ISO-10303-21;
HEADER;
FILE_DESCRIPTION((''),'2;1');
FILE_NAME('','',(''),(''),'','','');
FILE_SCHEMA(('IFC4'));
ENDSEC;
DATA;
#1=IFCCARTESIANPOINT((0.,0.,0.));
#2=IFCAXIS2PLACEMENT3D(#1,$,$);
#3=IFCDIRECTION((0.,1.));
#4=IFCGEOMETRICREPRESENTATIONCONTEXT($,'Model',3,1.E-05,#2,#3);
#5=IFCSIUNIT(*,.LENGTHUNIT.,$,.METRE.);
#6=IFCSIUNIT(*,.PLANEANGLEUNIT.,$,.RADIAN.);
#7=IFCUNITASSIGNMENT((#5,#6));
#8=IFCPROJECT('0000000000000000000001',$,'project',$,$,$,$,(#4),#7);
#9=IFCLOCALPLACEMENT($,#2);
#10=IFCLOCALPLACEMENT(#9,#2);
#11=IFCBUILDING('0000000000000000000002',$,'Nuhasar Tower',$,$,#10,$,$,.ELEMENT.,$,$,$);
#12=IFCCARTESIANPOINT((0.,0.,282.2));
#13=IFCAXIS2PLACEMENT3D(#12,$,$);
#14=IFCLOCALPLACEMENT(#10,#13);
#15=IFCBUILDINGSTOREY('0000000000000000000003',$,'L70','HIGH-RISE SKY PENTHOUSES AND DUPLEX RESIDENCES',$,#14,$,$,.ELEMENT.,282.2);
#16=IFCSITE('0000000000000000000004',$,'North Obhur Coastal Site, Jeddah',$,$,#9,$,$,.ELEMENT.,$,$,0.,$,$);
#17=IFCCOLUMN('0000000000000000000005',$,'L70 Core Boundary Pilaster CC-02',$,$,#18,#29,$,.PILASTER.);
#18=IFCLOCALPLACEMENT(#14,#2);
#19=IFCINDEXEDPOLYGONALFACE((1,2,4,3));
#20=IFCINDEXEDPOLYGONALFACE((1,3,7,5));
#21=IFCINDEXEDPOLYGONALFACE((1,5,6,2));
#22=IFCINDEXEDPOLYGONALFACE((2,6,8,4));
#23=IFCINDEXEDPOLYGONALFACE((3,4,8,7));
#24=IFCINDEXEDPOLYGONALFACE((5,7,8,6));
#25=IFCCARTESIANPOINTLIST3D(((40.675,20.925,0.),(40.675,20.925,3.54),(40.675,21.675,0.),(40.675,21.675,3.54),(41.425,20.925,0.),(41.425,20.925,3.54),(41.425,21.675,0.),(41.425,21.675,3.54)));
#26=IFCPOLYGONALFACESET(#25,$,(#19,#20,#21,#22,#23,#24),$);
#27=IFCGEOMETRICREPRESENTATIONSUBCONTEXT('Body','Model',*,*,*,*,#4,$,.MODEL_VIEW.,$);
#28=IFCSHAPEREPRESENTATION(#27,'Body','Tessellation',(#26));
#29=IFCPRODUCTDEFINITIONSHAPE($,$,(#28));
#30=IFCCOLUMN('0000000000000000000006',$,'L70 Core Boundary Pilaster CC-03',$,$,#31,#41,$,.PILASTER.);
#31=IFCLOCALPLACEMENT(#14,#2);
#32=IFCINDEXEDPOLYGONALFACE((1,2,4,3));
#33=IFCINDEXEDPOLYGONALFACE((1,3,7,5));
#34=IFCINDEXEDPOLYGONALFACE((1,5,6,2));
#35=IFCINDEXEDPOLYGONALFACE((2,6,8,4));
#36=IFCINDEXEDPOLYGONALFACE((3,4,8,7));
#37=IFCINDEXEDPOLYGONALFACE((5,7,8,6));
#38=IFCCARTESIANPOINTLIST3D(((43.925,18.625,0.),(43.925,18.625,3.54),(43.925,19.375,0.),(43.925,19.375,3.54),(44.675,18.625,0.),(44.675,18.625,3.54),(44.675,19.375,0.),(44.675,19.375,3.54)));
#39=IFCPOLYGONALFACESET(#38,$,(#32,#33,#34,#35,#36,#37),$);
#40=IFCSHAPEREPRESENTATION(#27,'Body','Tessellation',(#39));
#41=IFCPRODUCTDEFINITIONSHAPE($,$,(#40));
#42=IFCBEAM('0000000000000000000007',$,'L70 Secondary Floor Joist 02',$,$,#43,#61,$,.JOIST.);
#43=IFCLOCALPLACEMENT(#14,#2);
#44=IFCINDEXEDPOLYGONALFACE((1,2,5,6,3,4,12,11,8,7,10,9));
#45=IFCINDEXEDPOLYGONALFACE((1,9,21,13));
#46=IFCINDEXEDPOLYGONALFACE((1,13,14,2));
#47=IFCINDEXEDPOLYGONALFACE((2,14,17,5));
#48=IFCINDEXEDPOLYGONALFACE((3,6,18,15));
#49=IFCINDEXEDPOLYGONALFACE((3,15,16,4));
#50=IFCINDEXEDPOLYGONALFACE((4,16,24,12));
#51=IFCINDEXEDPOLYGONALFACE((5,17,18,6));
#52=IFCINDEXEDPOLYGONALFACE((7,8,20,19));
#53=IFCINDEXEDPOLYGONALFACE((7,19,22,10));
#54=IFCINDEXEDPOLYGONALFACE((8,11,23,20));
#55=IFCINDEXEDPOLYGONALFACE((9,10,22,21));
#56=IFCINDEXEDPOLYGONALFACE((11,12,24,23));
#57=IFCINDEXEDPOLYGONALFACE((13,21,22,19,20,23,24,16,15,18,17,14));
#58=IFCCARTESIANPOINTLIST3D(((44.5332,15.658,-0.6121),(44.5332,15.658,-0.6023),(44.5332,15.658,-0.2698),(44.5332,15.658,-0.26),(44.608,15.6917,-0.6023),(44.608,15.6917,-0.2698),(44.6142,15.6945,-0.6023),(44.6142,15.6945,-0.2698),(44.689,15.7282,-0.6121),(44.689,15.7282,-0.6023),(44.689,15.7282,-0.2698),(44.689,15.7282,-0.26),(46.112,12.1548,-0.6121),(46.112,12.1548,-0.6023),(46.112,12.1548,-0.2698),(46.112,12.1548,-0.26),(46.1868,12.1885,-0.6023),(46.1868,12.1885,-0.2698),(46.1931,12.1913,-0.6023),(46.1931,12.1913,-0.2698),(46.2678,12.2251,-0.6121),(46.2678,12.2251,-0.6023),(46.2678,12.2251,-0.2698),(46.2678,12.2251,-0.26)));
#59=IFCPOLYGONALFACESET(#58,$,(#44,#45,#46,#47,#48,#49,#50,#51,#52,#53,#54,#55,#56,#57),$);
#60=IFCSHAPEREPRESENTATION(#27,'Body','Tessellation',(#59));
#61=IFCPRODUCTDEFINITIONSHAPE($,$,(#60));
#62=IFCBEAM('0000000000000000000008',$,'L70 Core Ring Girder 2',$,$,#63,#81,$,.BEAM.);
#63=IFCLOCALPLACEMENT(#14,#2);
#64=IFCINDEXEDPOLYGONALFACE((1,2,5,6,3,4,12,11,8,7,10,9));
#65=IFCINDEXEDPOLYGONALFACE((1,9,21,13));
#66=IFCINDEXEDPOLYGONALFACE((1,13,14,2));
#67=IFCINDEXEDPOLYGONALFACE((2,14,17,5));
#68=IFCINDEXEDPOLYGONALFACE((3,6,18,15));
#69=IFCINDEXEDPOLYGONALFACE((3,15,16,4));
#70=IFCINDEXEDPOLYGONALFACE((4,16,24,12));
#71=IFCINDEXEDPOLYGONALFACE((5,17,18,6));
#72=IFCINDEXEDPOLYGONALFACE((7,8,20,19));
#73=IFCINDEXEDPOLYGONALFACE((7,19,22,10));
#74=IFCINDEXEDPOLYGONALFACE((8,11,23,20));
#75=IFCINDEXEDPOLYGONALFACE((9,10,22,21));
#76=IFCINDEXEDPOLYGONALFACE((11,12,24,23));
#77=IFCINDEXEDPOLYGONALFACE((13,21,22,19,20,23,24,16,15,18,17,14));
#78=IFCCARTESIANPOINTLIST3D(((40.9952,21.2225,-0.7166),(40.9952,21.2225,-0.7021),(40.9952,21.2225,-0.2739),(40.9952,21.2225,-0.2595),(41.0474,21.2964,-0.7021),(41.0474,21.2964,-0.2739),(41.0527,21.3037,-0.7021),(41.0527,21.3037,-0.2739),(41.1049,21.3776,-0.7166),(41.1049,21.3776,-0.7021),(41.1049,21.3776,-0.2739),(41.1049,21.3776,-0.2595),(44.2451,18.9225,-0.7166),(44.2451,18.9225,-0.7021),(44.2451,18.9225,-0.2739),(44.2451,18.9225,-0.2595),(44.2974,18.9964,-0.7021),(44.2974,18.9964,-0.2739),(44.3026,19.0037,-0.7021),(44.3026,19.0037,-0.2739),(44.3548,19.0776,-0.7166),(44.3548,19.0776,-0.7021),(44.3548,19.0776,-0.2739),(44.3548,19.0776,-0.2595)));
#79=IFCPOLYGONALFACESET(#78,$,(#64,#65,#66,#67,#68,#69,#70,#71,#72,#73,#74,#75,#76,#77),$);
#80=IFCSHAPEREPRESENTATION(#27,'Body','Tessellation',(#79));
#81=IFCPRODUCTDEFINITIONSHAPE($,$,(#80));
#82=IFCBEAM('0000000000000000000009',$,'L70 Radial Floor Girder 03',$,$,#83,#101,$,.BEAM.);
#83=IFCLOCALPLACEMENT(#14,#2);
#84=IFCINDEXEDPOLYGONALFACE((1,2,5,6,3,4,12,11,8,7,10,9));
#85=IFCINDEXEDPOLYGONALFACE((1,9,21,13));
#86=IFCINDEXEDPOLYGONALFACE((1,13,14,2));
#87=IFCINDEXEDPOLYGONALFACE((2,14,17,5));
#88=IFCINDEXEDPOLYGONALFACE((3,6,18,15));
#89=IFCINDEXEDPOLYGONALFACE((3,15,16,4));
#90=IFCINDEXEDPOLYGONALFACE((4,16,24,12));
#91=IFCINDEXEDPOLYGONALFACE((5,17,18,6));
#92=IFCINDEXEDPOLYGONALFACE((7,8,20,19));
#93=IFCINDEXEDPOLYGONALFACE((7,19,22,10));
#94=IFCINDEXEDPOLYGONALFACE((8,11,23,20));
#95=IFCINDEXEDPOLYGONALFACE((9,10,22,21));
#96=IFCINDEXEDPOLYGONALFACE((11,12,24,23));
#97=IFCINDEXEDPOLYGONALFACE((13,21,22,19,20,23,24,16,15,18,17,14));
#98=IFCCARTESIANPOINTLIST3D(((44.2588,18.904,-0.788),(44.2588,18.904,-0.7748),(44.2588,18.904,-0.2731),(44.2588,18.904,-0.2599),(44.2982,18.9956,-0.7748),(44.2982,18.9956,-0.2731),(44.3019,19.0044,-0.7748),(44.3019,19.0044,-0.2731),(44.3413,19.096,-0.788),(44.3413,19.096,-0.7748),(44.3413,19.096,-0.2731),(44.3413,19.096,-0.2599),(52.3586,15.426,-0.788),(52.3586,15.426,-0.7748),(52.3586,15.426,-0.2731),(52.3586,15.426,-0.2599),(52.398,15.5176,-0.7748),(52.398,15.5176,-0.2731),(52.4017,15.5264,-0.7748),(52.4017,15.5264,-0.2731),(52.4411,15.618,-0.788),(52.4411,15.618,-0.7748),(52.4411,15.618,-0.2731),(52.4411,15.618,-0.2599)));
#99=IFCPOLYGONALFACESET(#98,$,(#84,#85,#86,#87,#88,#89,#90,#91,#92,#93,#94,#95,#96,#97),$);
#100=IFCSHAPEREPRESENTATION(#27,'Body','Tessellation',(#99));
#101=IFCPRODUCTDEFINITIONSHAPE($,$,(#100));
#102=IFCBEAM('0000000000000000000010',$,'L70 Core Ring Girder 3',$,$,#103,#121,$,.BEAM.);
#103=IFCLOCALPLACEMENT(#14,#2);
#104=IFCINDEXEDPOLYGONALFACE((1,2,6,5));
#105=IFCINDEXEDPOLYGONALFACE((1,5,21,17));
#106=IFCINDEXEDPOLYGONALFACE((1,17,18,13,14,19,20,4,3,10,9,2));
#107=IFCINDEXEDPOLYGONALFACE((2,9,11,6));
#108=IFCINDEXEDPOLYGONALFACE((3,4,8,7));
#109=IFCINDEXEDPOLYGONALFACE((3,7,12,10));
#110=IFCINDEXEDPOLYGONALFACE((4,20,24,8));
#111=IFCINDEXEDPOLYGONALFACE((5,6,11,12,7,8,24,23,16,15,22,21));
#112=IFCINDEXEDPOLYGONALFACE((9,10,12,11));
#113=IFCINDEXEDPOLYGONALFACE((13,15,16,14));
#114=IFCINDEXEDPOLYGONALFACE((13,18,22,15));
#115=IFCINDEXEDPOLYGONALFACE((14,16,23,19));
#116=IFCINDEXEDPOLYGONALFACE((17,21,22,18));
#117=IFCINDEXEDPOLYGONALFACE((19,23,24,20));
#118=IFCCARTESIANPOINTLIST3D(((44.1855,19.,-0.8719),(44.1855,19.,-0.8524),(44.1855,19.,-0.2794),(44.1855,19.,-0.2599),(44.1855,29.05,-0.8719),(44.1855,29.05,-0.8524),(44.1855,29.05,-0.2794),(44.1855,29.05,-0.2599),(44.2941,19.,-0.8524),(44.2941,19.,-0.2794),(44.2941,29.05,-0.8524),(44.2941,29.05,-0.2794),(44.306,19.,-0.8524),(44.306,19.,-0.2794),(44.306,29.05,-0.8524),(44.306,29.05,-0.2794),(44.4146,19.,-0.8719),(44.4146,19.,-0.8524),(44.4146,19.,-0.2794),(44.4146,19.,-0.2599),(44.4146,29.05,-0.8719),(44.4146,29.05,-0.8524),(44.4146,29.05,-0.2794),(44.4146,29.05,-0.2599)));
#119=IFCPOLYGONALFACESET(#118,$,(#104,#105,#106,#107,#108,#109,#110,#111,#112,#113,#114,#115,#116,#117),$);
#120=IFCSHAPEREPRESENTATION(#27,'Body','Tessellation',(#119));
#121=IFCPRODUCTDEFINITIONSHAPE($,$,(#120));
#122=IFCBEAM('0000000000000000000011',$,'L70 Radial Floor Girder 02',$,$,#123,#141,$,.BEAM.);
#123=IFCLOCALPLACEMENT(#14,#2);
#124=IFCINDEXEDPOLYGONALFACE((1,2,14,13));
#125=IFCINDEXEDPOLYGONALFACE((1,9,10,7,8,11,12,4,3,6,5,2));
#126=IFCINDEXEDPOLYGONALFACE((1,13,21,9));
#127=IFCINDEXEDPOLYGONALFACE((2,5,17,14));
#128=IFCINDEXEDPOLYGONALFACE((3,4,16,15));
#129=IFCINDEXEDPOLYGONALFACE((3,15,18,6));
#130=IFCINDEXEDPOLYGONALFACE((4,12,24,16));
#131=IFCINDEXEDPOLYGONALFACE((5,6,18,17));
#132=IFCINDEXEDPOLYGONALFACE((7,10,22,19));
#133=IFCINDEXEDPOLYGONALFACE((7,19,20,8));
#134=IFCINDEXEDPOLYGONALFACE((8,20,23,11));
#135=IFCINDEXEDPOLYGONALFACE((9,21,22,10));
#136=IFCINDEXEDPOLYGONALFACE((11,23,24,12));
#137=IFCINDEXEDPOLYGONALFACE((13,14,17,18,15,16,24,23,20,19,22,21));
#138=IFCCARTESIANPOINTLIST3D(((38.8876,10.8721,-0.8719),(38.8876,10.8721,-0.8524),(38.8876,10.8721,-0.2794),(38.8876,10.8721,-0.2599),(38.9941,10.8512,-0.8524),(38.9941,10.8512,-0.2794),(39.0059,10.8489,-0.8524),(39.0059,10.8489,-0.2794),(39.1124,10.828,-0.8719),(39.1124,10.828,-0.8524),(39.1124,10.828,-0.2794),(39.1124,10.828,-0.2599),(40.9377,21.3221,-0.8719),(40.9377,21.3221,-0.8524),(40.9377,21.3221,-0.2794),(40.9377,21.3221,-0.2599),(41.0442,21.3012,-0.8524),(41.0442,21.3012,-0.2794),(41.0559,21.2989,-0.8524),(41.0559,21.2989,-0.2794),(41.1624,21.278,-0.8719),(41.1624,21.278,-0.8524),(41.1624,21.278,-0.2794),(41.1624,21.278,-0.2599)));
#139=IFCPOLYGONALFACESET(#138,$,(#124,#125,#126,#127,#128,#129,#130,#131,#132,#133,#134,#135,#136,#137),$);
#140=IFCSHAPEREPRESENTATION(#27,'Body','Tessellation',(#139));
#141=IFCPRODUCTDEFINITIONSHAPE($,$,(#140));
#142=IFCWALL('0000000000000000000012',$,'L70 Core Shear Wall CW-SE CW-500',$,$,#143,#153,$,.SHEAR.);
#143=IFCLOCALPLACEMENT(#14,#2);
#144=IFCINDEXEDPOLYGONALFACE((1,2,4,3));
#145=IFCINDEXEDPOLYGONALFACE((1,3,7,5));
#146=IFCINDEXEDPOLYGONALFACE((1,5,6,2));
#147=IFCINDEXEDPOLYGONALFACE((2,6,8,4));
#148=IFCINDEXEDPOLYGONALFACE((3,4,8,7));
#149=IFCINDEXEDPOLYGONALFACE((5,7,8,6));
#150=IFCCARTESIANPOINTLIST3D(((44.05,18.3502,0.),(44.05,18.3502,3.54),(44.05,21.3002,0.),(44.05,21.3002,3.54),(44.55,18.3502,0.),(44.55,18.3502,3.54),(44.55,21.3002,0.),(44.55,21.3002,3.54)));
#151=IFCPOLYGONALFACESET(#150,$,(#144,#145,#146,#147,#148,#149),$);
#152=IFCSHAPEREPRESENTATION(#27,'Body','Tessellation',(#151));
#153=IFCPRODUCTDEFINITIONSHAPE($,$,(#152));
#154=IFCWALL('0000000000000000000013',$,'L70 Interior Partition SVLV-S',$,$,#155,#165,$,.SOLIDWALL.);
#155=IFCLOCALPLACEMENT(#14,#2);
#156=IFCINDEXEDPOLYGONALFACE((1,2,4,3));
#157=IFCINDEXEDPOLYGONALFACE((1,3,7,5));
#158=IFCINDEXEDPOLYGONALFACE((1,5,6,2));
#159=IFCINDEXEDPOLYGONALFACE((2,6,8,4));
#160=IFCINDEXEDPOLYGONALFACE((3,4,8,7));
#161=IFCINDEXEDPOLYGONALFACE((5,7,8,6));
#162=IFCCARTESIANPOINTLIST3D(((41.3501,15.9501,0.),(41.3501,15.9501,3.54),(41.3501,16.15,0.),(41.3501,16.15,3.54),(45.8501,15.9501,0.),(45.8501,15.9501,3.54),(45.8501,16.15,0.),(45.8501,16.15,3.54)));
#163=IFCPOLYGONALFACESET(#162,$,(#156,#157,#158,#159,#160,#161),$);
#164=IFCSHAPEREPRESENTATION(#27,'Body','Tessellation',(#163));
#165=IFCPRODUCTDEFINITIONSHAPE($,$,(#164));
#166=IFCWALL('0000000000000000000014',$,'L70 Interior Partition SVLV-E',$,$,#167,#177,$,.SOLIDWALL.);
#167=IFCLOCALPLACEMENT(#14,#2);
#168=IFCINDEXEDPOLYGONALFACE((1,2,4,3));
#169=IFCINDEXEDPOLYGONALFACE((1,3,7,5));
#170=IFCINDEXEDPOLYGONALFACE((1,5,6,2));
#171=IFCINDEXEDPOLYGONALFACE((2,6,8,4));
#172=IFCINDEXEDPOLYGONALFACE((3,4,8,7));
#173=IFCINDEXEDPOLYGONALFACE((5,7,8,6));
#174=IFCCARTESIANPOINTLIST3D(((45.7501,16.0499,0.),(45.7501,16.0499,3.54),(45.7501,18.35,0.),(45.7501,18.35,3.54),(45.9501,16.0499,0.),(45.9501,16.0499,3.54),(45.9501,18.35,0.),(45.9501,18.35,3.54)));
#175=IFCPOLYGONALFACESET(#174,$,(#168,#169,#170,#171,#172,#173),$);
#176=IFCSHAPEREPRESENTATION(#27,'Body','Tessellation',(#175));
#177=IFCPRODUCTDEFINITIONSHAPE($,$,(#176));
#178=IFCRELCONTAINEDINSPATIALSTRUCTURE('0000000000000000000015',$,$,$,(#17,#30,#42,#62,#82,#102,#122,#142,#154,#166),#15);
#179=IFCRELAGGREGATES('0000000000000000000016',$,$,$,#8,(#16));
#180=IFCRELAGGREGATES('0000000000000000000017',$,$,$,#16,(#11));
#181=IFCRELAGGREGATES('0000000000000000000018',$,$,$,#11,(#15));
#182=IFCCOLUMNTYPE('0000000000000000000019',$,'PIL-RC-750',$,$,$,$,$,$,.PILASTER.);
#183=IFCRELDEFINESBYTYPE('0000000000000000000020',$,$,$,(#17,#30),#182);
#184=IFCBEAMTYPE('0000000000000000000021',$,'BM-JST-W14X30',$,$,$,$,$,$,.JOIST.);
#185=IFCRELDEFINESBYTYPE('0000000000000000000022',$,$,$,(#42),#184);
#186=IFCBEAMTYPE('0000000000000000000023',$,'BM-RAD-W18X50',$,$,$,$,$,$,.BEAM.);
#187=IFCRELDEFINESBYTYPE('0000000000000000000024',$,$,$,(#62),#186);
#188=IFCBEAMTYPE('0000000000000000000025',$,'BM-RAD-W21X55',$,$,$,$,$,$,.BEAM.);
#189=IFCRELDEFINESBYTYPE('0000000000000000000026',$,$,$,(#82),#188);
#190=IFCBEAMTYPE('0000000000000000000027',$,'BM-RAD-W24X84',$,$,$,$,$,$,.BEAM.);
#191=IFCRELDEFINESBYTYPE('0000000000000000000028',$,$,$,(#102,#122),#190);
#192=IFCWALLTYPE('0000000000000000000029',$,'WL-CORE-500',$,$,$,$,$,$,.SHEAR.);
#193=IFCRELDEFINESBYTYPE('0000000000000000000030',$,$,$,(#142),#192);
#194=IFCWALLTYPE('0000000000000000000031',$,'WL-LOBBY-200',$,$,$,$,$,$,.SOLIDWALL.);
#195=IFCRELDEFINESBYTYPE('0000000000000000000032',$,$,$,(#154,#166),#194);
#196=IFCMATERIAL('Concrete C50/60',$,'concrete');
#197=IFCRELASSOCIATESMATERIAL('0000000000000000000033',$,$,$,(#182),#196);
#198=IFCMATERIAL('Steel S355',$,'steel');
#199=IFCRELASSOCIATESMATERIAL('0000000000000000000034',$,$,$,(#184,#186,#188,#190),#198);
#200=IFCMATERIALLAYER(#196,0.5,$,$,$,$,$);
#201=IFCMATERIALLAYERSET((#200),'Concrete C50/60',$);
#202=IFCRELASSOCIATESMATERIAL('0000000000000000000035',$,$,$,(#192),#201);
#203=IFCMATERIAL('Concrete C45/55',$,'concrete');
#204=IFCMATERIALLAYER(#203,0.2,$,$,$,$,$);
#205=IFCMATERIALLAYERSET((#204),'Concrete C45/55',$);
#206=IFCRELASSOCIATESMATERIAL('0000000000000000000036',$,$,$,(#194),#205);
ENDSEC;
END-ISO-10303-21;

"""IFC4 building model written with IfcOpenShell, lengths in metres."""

from ifc_helpers import new_model, si_unit, direction, frame, frame_2d, origin, origin_2d, place, context, subcontext, project, spatial, rectangle, i_section, extrude, material, layer, layer_set, material_profile, profile_set, type_object, element, save


model = new_model("IFC4")

# Units and contexts
model_context = context("Model", 3, precision=1e-05, world=origin(), true_north=direction((0.0, 1.0)))
body_context = subcontext(model_context, "Body", "Model", "MODEL_VIEW")
ifc_project = project(units=[si_unit("LENGTHUNIT", "METRE"), si_unit("PLANEANGLEUNIT", "RADIAN")], contexts=[model_context])

# Site, building, storey
site_placement = place(None, origin())
site = spatial("IfcSite", under=ifc_project, at=site_placement, Name="North Obhur Coastal Site, Jeddah", CompositionType="ELEMENT", RefElevation=0.0)
building_placement = place(site_placement, origin())
building = spatial("IfcBuilding", under=site, at=building_placement, Name="Nuhasar Tower", CompositionType="ELEMENT")
storey_placement = place(building_placement, frame((0.0, 0.0, 282.2)))
storey = spatial("IfcBuildingStorey", under=building, at=storey_placement, Name="L70", Description="HIGH-RISE SKY PENTHOUSES AND DUPLEX RESIDENCES", CompositionType="ELEMENT", Elevation=282.2)

# Columns
ifc_material_1 = material(Name="Concrete C50/60", Category="concrete")
ifc_material_profile_1 = material_profile(ifc_material_1, rectangle(XDim=0.75, YDim=0.75, at=origin_2d()), Name="RC750X750")
ifc_profile_set_1 = profile_set([ifc_material_profile_1], Name="Concrete C50/60")
column_type = type_object("IfcColumnType", Name="PIL-RC-750", PredefinedType="PILASTER", material=ifc_profile_set_1)
for number, where, z_axis, x_axis, name in (
    (1, (41.05, 21.3, 0.0), (0.0, 0.0, 1.0), (1.0, 0.0, 0.0), "L70 Core Boundary Pilaster CC-02"),
    (2, (44.3, 19.0, 0.0), (0.0, 0.0, 1.0), (1.0, 0.0, 0.0), "L70 Core Boundary Pilaster CC-03"),
):
    element("IfcColumn", number, at=place(storey_placement, frame(where, z_axis=z_axis, x_axis=x_axis)), inside=storey, type_object=column_type, Name=name, PredefinedType="PILASTER", context=body_context, shape_type="SweptSolid", body=[
        extrude(rectangle(XDim=0.75, YDim=0.75, at=origin_2d()), origin(), (0.0, 0.0, 1.0), 3.54),
    ])

# Beams
ifc_material_2 = material(Name="Steel S355", Category="steel")
ifc_material_profile_2 = material_profile(ifc_material_2, i_section(OverallWidth=0.1709, OverallDepth=0.3521, WebThickness=0.0068, FlangeThickness=0.0098, at=origin_2d()), Name="W14X30")
ifc_profile_set_2 = profile_set([ifc_material_profile_2], Name="Steel S355")
beam_type_1 = type_object("IfcBeamType", Name="BM-JST-W14X30", PredefinedType="JOIST", material=ifc_profile_set_2)
beam_1_placement = place(storey_placement, frame((44.6111, 15.6931, -0.436), z_axis=(0.41089, -0.911685, 0.0), x_axis=(0.911685, 0.41089, 0.0)))
element("IfcBeam", 3, at=beam_1_placement, inside=storey, type_object=beam_type_1, Name="L70 Secondary Floor Joist 02", PredefinedType="JOIST", context=body_context, shape_type="SweptSolid", body=[
    extrude(i_section(OverallWidth=0.1709, OverallDepth=0.3521, WebThickness=0.0068, FlangeThickness=0.0098, at=origin_2d()), origin(), (0.0, 0.0, 1.0), 3.8425),
])
ifc_material_profile_3 = material_profile(ifc_material_2, i_section(OverallWidth=0.1899, OverallDepth=0.457, WebThickness=0.009, FlangeThickness=0.0144, at=origin_2d()), Name="W18X50")
ifc_profile_set_3 = profile_set([ifc_material_profile_3], Name="Steel S355")
beam_type_2 = type_object("IfcBeamType", Name="BM-RAD-W18X50", PredefinedType="BEAM", material=ifc_profile_set_3)
beam_2_placement = place(storey_placement, frame((41.05, 21.3, -0.488), z_axis=(0.816265, -0.577677, 0.0), x_axis=(0.577677, 0.816265, 0.0)))
element("IfcBeam", 4, at=beam_2_placement, inside=storey, type_object=beam_type_2, Name="L70 Core Ring Girder 2", PredefinedType="BEAM", context=body_context, shape_type="SweptSolid", body=[
    extrude(i_section(OverallWidth=0.1899, OverallDepth=0.457, WebThickness=0.009, FlangeThickness=0.0144, at=origin_2d()), origin(), (0.0, 0.0, 1.0), 3.9814),
])
ifc_material_profile_4 = material_profile(ifc_material_2, i_section(OverallWidth=0.209, OverallDepth=0.5281, WebThickness=0.0095, FlangeThickness=0.0132, at=origin_2d()), Name="W21X55")
ifc_profile_set_4 = profile_set([ifc_material_profile_4], Name="Steel S355")
beam_type_3 = type_object("IfcBeamType", Name="BM-RAD-W21X55", PredefinedType="BEAM", material=ifc_profile_set_4)
beam_3_placement = place(storey_placement, frame((44.3, 19.0, -0.5239), z_axis=(0.918871, -0.394558, 0.0), x_axis=(0.394558, 0.918871, 0.0)))
element("IfcBeam", 5, at=beam_3_placement, inside=storey, type_object=beam_type_3, Name="L70 Radial Floor Girder 03", PredefinedType="BEAM", context=body_context, shape_type="SweptSolid", body=[
    extrude(i_section(OverallWidth=0.209, OverallDepth=0.5281, WebThickness=0.0095, FlangeThickness=0.0132, at=origin_2d()), origin(), (0.0, 0.0, 1.0), 8.8149),
])
ifc_material_profile_5 = material_profile(ifc_material_2, i_section(OverallWidth=0.229, OverallDepth=0.6121, WebThickness=0.012, FlangeThickness=0.0195, at=origin_2d()), Name="W24X84")
ifc_profile_set_5 = profile_set([ifc_material_profile_5], Name="Steel S355")
beam_type_4 = type_object("IfcBeamType", Name="BM-RAD-W24X84", PredefinedType="BEAM", material=ifc_profile_set_5)
beam_4_placement = place(storey_placement, frame((44.3, 19.0, -0.5659), z_axis=(0.0, 1.0, 0.0), x_axis=(-1.0, 0.0, 0.0)))
element("IfcBeam", 6, at=beam_4_placement, inside=storey, type_object=beam_type_4, Name="L70 Core Ring Girder 3", PredefinedType="BEAM", context=body_context, shape_type="SweptSolid", body=[
    extrude(i_section(OverallWidth=0.229, OverallDepth=0.6121, WebThickness=0.012, FlangeThickness=0.0195, at=origin_2d()), origin(), (0.0, 0.0, 1.0), 10.05),
])
beam_5_placement = place(storey_placement, frame((41.05, 21.3, -0.5659), z_axis=(-0.192508, -0.981295, 0.0), x_axis=(0.981295, -0.192508, 0.0)))
element("IfcBeam", 7, at=beam_5_placement, inside=storey, type_object=beam_type_4, Name="L70 Radial Floor Girder 02", PredefinedType="BEAM", context=body_context, shape_type="SweptSolid", body=[
    extrude(i_section(OverallWidth=0.229, OverallDepth=0.6121, WebThickness=0.012, FlangeThickness=0.0195, at=origin_2d()), origin(), (0.0, 0.0, 1.0), 10.6492),
])

# Wall
ifc_layer_1 = layer(ifc_material_1, 0.5)
ifc_layer_set_1 = layer_set([ifc_layer_1], Name="Concrete C50/60")
wall_type_1 = type_object("IfcWallType", Name="WL-CORE-500", PredefinedType="SHEAR", material=ifc_layer_set_1)
wall_1_placement = place(storey_placement, frame((44.3, 18.3501, 0.0), z_axis=(0.0, 0.0, 1.0), x_axis=(0.0, 1.0, 0.0)))
element("IfcWall", 8, at=wall_1_placement, inside=storey, type_object=wall_type_1, Name="L70 Core Shear Wall CW-SE CW-500", PredefinedType="SHEAR", context=body_context, shape_type="SweptSolid", body=[
    extrude(rectangle(XDim=2.95, YDim=0.5, at=frame_2d((1.4751, 0.0))), origin(), (0.0, 0.0, 1.0), 3.54),
])

# Shared definitions
ifc_material_3 = material(Name="Concrete C45/55", Category="concrete")
ifc_layer_2 = layer(ifc_material_3, 0.2)
ifc_layer_set_2 = layer_set([ifc_layer_2], Name="Concrete C45/55")
wall_type_2 = type_object("IfcWallType", Name="WL-LOBBY-200", PredefinedType="SOLIDWALL", material=ifc_layer_set_2)

# Walls
wall_2_placement = place(storey_placement, frame((41.3501, 16.05, 0.0), z_axis=(0.0, 0.0, 1.0), x_axis=(1.0, 0.0, 0.0)))
element("IfcWall", 9, at=wall_2_placement, inside=storey, type_object=wall_type_2, Name="L70 Interior Partition SVLV-S", PredefinedType="SOLIDWALL", context=body_context, shape_type="SweptSolid", body=[
    extrude(rectangle(XDim=4.5, YDim=0.2, at=frame_2d((2.25, 0.0))), origin(), (0.0, 0.0, 1.0), 3.54),
])
wall_3_placement = place(storey_placement, frame((45.8501, 16.05, 0.0), z_axis=(0.0, 0.0, 1.0), x_axis=(0.0, 1.0, 0.0)))
element("IfcWall", 10, at=wall_3_placement, inside=storey, type_object=wall_type_2, Name="L70 Interior Partition SVLV-E", PredefinedType="SOLIDWALL", context=body_context, shape_type="SweptSolid", body=[
    extrude(rectangle(XDim=2.3, YDim=0.2, at=frame_2d((1.1499, 0.0))), origin(), (0.0, 0.0, 1.0), 3.54),
])

save(model, "model.ifc")
